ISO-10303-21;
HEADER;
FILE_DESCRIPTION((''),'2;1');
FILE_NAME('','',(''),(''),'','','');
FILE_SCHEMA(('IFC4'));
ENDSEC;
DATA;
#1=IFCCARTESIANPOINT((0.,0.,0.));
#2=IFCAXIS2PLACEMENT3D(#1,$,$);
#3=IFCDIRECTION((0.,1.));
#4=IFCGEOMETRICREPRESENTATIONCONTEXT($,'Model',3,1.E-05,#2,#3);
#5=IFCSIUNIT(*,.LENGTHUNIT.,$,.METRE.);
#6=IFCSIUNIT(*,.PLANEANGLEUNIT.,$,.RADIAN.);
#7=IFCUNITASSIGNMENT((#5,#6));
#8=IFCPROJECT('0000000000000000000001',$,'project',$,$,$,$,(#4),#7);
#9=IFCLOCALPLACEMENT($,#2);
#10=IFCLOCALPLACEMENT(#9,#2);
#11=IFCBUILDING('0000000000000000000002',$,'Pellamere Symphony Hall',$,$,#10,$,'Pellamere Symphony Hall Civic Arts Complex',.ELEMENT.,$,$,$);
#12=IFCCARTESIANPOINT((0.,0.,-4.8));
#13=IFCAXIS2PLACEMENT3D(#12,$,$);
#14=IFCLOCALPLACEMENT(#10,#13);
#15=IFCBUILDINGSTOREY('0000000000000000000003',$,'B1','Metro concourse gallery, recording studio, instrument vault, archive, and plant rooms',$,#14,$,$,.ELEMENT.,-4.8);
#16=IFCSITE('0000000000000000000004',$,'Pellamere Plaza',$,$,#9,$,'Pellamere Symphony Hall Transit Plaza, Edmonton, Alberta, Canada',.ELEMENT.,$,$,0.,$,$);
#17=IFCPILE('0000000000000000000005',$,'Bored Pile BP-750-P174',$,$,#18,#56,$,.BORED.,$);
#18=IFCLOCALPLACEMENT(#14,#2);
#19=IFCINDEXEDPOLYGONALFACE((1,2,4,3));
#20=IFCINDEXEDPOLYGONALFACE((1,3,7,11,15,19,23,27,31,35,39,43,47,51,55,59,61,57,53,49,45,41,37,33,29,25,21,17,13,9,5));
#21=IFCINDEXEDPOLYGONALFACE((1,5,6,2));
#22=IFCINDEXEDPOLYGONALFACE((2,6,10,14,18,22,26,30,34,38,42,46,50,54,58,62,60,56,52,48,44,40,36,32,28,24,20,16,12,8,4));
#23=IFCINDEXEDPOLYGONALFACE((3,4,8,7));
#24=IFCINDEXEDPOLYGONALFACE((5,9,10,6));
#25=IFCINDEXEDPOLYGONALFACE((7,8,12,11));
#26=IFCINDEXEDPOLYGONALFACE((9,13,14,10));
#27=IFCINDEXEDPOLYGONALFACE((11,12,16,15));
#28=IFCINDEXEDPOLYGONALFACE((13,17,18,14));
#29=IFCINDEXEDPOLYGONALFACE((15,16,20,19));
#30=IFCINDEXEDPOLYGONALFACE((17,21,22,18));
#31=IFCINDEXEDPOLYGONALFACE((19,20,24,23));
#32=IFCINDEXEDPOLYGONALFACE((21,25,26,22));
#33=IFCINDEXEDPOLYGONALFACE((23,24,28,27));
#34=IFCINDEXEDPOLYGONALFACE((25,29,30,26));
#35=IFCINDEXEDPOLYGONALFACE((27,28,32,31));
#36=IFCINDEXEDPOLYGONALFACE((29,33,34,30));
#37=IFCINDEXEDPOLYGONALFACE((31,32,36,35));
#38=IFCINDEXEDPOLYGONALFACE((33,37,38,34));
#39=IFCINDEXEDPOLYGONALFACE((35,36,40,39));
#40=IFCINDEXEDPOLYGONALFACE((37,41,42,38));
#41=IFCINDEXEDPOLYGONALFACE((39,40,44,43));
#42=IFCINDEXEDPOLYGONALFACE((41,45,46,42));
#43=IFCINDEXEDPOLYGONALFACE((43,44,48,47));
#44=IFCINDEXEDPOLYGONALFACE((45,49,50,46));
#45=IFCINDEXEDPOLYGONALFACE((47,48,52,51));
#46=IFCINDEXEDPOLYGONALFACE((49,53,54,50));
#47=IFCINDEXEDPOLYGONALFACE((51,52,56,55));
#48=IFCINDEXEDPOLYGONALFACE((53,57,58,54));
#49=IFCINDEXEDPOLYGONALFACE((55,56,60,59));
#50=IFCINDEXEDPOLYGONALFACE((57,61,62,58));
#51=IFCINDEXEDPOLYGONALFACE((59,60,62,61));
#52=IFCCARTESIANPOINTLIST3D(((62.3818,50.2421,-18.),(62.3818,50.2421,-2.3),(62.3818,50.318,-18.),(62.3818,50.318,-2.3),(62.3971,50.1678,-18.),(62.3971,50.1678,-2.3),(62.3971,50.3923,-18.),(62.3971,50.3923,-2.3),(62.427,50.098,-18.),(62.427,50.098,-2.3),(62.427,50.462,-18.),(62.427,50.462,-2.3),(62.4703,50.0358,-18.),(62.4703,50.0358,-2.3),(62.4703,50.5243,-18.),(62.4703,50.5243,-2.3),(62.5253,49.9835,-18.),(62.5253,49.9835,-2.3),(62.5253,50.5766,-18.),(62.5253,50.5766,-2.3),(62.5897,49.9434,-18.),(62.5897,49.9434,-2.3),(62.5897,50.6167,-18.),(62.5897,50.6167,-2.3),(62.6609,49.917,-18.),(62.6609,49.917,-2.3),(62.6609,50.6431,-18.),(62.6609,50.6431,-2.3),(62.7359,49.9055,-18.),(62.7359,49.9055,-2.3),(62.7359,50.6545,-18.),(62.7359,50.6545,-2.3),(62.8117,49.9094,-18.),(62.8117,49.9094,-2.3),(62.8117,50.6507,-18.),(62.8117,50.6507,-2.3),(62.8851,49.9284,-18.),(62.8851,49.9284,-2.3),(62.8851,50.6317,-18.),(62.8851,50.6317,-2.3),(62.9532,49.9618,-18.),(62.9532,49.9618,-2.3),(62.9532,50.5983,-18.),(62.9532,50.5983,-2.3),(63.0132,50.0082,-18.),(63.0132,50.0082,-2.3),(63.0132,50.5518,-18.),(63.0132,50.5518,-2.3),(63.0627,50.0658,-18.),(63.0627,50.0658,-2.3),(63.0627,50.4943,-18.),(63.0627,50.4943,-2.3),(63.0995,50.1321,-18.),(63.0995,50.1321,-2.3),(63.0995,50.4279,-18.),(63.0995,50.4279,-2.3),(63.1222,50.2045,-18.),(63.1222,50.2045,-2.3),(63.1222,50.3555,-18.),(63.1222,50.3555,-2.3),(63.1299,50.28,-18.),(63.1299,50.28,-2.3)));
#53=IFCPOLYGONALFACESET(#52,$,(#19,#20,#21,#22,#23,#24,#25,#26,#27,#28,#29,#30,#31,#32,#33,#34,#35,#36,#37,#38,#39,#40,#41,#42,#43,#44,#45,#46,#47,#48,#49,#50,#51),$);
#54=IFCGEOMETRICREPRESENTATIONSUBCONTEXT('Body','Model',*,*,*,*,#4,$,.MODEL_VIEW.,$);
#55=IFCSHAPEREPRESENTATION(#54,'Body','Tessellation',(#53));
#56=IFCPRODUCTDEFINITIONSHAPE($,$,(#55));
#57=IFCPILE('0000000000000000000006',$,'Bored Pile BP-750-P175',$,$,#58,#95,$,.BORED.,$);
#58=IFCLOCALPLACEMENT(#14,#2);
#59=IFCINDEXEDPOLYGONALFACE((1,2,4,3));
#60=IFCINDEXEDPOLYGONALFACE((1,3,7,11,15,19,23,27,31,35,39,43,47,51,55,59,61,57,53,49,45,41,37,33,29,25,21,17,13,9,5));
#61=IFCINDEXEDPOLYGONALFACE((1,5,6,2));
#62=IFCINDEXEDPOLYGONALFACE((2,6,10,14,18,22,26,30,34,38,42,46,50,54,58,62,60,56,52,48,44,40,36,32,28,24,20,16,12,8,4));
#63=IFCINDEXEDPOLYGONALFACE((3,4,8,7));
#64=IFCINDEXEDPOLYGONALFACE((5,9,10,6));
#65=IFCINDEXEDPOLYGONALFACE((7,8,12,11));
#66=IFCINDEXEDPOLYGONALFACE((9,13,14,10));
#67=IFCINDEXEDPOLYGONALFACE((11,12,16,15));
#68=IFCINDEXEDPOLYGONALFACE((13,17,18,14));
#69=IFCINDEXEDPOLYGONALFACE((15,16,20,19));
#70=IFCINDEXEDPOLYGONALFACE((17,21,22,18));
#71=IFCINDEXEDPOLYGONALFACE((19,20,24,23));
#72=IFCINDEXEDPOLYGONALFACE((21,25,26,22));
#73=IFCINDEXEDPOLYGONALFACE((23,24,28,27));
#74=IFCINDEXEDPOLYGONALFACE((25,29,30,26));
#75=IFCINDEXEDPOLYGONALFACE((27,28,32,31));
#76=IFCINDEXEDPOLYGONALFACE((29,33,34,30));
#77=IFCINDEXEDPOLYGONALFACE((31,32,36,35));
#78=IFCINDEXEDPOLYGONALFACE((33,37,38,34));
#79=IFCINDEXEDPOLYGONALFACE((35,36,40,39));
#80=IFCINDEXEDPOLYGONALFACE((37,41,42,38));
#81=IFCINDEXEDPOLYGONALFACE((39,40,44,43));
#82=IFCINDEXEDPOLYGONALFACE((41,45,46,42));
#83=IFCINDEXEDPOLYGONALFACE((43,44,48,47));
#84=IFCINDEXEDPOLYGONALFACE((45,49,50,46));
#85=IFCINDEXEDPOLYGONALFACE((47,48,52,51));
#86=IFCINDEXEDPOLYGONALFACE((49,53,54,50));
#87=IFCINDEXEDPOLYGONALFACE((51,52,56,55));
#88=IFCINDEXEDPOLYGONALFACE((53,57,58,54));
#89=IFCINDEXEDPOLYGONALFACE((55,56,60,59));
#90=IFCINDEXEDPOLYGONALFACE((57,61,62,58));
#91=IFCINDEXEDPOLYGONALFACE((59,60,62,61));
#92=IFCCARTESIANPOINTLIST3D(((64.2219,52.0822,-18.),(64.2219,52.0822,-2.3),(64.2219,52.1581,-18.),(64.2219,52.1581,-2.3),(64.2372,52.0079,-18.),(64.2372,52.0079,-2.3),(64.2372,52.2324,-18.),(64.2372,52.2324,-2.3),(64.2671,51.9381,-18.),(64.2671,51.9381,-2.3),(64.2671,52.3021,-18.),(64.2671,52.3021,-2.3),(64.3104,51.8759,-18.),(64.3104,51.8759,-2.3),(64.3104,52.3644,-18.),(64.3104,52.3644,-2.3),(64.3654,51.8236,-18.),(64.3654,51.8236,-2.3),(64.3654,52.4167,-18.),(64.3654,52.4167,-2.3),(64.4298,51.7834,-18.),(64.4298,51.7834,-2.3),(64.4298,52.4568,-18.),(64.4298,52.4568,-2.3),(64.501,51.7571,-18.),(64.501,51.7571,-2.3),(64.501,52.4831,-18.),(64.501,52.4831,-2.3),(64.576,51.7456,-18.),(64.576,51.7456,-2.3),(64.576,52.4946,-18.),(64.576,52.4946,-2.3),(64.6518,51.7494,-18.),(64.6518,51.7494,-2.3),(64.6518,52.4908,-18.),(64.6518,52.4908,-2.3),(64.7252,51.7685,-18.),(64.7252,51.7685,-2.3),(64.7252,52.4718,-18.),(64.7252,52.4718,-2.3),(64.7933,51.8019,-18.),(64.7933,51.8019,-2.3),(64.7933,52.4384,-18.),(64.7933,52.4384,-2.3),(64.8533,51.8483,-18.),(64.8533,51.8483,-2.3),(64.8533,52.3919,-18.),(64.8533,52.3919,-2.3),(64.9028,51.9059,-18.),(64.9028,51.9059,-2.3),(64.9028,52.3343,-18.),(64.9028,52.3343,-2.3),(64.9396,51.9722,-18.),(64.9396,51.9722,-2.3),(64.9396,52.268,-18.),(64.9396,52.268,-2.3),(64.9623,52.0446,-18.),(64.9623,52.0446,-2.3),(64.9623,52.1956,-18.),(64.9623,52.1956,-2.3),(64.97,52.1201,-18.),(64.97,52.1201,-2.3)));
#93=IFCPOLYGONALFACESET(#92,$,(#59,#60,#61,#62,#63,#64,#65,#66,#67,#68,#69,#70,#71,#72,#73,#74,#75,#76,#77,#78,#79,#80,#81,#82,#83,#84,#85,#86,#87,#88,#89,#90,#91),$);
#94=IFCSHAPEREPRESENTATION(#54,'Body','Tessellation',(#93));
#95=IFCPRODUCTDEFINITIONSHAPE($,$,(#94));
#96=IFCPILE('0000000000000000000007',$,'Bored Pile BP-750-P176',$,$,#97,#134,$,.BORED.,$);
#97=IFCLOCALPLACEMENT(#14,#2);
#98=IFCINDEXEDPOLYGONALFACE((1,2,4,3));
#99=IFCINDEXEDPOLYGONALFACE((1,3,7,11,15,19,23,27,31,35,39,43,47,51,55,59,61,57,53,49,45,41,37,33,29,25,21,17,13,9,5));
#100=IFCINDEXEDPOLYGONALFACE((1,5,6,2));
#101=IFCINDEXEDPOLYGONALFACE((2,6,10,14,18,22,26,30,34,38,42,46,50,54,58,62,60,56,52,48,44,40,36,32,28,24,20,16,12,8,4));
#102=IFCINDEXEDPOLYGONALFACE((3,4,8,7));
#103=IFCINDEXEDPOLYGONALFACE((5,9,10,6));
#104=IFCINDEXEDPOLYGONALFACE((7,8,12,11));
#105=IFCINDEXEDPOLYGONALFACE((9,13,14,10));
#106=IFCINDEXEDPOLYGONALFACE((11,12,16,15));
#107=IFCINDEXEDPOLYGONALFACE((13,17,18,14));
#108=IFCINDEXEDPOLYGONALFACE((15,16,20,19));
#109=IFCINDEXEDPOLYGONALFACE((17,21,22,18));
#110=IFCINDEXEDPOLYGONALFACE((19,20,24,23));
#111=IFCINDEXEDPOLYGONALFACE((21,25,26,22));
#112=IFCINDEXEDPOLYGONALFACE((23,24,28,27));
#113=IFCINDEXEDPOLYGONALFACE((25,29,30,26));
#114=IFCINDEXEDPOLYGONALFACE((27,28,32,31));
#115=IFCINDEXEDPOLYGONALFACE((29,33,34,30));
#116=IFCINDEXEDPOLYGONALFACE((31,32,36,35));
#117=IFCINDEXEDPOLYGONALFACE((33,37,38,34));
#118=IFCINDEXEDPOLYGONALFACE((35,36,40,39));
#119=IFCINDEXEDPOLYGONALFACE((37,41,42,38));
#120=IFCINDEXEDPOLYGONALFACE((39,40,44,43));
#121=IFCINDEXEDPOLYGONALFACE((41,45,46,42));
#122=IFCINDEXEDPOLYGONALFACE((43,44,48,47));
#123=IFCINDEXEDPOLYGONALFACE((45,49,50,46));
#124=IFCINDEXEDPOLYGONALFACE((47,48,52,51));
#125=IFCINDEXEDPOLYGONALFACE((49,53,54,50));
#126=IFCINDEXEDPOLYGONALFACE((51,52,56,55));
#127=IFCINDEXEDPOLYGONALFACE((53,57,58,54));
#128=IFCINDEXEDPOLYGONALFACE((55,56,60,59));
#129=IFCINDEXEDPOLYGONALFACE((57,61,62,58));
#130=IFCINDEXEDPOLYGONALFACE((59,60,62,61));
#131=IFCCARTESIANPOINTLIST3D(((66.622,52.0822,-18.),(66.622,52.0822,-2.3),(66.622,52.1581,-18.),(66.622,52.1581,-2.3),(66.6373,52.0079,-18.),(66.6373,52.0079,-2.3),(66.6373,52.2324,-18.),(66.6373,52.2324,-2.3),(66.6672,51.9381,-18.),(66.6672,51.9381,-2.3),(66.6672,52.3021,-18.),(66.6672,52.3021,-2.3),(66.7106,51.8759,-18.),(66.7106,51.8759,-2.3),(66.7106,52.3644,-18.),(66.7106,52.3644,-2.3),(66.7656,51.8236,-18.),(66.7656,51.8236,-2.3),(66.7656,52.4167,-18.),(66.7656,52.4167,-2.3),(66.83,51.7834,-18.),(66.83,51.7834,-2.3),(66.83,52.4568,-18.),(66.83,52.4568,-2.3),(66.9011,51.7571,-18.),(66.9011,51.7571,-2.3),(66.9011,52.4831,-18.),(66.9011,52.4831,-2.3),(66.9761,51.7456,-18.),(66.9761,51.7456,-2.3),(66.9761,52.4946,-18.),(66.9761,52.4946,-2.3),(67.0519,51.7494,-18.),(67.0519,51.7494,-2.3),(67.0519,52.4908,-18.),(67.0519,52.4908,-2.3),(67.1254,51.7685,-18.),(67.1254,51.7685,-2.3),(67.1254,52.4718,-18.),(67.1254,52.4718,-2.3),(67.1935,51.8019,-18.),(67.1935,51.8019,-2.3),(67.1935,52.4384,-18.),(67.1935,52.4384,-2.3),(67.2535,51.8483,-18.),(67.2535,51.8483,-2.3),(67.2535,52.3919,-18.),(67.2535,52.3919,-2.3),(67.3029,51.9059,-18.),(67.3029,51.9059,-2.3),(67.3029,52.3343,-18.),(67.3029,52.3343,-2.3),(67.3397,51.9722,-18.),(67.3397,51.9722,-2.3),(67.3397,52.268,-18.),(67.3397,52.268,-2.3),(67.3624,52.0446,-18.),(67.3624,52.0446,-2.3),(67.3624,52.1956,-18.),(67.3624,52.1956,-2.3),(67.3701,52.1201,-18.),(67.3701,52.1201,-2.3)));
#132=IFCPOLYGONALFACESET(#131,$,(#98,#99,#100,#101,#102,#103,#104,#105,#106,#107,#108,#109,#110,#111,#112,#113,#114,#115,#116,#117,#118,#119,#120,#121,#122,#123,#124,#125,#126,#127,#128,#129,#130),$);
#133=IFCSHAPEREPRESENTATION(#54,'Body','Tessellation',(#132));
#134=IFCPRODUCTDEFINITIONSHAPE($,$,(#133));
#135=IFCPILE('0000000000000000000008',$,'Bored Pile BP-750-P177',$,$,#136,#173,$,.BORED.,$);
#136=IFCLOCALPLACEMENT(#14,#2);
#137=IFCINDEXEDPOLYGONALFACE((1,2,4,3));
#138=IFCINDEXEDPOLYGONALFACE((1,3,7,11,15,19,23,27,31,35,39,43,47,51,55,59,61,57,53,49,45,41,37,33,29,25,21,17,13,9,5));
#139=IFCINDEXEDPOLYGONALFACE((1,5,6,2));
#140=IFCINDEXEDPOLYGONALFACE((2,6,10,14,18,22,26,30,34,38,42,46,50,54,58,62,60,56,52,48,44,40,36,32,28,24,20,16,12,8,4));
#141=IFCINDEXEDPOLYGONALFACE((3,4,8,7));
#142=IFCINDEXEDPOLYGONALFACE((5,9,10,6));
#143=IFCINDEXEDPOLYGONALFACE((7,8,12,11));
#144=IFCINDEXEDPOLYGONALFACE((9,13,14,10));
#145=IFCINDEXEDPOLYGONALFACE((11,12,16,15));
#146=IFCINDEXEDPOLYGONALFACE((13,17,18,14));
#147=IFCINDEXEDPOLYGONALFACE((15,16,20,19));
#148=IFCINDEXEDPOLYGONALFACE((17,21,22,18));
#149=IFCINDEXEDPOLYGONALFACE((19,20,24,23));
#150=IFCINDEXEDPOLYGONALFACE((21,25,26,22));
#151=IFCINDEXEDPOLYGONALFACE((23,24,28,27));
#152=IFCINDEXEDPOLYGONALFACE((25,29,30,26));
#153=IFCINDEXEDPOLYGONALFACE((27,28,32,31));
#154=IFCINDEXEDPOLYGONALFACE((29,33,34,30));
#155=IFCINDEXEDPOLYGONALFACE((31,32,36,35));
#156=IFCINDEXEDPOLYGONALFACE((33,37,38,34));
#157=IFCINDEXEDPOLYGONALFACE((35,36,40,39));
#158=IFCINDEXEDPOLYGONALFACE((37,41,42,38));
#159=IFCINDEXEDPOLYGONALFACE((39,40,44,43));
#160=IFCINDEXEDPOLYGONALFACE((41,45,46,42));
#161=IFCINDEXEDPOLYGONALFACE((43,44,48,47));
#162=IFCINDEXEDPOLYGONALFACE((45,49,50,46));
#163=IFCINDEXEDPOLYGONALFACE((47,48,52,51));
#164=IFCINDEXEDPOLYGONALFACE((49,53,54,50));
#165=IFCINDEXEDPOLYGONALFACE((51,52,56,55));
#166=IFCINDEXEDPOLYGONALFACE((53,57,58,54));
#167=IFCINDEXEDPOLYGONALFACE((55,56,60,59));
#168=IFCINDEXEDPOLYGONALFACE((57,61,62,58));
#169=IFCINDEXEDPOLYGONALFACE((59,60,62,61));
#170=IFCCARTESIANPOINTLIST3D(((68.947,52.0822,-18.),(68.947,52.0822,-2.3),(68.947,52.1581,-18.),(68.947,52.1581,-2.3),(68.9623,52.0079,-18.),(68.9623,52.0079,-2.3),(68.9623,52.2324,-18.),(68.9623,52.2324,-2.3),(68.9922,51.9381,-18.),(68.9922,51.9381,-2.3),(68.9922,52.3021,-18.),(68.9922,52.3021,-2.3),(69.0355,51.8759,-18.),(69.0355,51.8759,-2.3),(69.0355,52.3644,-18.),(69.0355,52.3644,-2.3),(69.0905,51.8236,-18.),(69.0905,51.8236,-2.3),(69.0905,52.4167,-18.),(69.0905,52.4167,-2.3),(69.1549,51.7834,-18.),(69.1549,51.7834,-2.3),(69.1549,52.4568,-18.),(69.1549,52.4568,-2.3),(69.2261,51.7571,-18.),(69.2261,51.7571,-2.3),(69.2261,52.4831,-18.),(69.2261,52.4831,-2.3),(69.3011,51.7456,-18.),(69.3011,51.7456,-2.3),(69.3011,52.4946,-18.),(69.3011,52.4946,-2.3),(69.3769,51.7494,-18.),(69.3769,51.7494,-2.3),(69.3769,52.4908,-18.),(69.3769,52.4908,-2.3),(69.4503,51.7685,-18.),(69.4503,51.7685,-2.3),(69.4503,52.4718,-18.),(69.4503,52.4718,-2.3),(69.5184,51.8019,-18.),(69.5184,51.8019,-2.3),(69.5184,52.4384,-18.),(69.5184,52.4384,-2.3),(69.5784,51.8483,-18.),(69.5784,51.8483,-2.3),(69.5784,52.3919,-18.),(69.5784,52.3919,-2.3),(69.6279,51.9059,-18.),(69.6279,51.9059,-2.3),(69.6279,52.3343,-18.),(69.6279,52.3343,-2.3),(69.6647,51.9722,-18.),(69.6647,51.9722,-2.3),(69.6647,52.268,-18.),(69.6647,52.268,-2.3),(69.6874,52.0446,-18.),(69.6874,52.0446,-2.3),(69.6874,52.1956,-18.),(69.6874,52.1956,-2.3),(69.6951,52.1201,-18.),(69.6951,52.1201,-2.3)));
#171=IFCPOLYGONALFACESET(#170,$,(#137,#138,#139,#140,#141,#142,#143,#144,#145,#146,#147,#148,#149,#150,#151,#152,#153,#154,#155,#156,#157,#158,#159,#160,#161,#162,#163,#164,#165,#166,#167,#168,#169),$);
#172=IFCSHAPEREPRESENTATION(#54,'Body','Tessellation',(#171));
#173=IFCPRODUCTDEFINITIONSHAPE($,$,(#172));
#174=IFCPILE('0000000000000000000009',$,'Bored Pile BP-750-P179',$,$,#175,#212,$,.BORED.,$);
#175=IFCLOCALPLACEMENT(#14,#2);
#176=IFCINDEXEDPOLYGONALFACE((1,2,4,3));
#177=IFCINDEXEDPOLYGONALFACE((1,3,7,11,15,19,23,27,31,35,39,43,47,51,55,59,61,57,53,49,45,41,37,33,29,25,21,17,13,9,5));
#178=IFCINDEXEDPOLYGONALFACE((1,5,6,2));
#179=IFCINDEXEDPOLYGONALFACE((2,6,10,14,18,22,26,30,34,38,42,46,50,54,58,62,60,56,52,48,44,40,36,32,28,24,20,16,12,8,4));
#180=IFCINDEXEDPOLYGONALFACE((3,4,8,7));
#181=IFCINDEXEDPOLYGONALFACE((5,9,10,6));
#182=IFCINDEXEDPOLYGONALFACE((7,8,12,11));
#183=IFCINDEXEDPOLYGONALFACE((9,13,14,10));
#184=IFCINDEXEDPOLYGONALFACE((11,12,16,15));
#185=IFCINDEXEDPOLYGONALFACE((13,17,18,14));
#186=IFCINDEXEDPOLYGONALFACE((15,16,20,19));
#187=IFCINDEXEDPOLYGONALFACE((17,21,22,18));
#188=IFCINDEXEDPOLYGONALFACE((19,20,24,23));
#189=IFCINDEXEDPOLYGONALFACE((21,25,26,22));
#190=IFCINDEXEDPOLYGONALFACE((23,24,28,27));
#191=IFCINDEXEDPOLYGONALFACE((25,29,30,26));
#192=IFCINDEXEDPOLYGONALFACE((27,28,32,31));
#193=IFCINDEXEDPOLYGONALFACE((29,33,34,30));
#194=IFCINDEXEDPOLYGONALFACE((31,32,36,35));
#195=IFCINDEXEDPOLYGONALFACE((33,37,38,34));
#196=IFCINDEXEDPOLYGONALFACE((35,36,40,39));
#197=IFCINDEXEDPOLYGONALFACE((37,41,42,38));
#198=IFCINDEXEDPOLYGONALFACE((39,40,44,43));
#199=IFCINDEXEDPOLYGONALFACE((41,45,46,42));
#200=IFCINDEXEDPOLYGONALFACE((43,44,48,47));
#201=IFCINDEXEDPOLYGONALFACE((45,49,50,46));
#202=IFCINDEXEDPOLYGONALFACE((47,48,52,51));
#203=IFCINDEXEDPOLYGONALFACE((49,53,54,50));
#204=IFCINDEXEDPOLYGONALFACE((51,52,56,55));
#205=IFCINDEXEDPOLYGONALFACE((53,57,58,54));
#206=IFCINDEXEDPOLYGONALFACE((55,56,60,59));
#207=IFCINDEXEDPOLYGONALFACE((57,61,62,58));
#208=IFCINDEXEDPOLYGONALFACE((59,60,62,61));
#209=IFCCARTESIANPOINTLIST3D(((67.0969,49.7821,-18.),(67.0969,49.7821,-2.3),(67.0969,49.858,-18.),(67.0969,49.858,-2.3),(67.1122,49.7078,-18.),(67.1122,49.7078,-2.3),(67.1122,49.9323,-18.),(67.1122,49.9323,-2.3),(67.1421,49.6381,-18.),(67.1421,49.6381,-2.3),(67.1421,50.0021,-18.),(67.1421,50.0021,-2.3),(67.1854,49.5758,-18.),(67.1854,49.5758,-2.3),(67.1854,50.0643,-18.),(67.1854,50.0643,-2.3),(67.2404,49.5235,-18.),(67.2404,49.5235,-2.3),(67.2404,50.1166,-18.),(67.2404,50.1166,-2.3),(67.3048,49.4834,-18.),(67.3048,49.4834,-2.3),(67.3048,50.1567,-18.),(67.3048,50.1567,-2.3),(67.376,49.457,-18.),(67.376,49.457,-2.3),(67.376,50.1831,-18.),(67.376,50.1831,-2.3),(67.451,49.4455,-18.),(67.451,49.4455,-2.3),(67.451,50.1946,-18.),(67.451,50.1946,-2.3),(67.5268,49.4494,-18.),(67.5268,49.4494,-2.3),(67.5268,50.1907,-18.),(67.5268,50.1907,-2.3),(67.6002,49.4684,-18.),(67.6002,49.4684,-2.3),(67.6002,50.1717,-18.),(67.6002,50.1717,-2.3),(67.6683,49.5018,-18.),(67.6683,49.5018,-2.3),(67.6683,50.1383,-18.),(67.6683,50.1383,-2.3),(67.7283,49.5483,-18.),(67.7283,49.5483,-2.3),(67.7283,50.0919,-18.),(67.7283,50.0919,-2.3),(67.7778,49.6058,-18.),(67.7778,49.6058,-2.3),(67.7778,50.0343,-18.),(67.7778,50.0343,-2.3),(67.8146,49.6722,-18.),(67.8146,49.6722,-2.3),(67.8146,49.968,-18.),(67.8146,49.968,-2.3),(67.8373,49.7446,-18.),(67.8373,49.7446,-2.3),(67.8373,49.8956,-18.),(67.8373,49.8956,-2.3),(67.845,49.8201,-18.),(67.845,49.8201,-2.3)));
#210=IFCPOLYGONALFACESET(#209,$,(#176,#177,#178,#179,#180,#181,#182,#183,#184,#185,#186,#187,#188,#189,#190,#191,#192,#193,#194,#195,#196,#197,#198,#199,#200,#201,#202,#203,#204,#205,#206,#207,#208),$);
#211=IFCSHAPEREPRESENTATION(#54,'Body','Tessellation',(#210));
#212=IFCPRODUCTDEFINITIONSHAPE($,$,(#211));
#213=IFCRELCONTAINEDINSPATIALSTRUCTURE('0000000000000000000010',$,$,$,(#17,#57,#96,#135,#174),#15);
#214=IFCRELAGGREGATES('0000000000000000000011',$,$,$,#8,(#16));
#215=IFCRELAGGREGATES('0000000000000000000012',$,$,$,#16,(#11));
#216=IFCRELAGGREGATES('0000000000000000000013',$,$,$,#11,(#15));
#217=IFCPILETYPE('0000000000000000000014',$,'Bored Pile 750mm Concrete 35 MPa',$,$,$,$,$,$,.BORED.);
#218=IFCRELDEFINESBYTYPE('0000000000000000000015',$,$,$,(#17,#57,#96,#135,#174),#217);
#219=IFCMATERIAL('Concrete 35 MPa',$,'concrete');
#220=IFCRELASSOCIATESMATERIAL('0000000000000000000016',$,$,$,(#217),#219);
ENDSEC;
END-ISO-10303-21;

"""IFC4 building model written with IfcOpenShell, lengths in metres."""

from ifc_helpers import new_model, si_unit, direction, frame, origin, origin_2d, place, context, subcontext, project, spatial, circle, extrude, material, material_profile, profile_set, type_object, element, save


model = new_model("IFC4")

# Units and contexts
model_context = context("Model", 3, precision=1e-05, world=origin(), true_north=direction((0.0, 1.0)))
body_context = subcontext(model_context, "Body", "Model", "MODEL_VIEW")
ifc_project = project(units=[si_unit("LENGTHUNIT", "METRE"), si_unit("PLANEANGLEUNIT", "RADIAN")], contexts=[model_context])

# Site, building, storey
site_placement = place(None, origin())
site = spatial("IfcSite", under=ifc_project, at=site_placement, Name="Pellamere Plaza", LongName="Pellamere Symphony Hall Transit Plaza, Edmonton, Alberta, Canada", CompositionType="ELEMENT", RefElevation=0.0)
building_placement = place(site_placement, origin())
building = spatial("IfcBuilding", under=site, at=building_placement, Name="Pellamere Symphony Hall", LongName="Pellamere Symphony Hall Civic Arts Complex", CompositionType="ELEMENT")
storey_placement = place(building_placement, frame((0.0, 0.0, -4.8)))
storey = spatial("IfcBuildingStorey", under=building, at=storey_placement, Name="B1", Description="Metro concourse gallery, recording studio, instrument vault, archive, and plant rooms", CompositionType="ELEMENT", Elevation=-4.8)

# Piles
ifc_material_1 = material(Name="Concrete 35 MPa", Category="concrete")
ifc_material_profile_1 = material_profile(ifc_material_1, circle(Radius=0.375, at=origin_2d()), Name="PILE D750")
ifc_profile_set_1 = profile_set([ifc_material_profile_1], Name="Concrete 35 MPa")
pile_type = type_object("IfcPileType", Name="Bored Pile 750mm Concrete 35 MPa", PredefinedType="BORED", material=ifc_profile_set_1)
for number, where, z_axis, x_axis, name in (
    (1, (62.7549, 50.28, -2.3), (0.0, 0.0, -1.0), (1.0, 0.0, 0.0), "Bored Pile BP-750-P174"),
    (2, (64.595, 52.1201, -2.3), (0.0, 0.0, -1.0), (1.0, 0.0, 0.0), "Bored Pile BP-750-P175"),
    (3, (66.9951, 52.1201, -2.3), (0.0, 0.0, -1.0), (1.0, 0.0, 0.0), "Bored Pile BP-750-P176"),
    (4, (69.3201, 52.1201, -2.3), (0.0, 0.0, -1.0), (1.0, 0.0, 0.0), "Bored Pile BP-750-P177"),
    (5, (67.47, 49.8201, -2.3), (0.0, 0.0, -1.0), (1.0, 0.0, 0.0), "Bored Pile BP-750-P179"),
):
    element("IfcPile", number, at=place(storey_placement, frame(where, z_axis=z_axis, x_axis=x_axis)), inside=storey, type_object=pile_type, Name=name, PredefinedType="BORED", context=body_context, shape_type="SweptSolid", body=[
        extrude(circle(Radius=0.375, at=origin_2d()), origin(), (0.0, 0.0, 1.0), 15.7),
    ])

save(model, "model.ifc")
